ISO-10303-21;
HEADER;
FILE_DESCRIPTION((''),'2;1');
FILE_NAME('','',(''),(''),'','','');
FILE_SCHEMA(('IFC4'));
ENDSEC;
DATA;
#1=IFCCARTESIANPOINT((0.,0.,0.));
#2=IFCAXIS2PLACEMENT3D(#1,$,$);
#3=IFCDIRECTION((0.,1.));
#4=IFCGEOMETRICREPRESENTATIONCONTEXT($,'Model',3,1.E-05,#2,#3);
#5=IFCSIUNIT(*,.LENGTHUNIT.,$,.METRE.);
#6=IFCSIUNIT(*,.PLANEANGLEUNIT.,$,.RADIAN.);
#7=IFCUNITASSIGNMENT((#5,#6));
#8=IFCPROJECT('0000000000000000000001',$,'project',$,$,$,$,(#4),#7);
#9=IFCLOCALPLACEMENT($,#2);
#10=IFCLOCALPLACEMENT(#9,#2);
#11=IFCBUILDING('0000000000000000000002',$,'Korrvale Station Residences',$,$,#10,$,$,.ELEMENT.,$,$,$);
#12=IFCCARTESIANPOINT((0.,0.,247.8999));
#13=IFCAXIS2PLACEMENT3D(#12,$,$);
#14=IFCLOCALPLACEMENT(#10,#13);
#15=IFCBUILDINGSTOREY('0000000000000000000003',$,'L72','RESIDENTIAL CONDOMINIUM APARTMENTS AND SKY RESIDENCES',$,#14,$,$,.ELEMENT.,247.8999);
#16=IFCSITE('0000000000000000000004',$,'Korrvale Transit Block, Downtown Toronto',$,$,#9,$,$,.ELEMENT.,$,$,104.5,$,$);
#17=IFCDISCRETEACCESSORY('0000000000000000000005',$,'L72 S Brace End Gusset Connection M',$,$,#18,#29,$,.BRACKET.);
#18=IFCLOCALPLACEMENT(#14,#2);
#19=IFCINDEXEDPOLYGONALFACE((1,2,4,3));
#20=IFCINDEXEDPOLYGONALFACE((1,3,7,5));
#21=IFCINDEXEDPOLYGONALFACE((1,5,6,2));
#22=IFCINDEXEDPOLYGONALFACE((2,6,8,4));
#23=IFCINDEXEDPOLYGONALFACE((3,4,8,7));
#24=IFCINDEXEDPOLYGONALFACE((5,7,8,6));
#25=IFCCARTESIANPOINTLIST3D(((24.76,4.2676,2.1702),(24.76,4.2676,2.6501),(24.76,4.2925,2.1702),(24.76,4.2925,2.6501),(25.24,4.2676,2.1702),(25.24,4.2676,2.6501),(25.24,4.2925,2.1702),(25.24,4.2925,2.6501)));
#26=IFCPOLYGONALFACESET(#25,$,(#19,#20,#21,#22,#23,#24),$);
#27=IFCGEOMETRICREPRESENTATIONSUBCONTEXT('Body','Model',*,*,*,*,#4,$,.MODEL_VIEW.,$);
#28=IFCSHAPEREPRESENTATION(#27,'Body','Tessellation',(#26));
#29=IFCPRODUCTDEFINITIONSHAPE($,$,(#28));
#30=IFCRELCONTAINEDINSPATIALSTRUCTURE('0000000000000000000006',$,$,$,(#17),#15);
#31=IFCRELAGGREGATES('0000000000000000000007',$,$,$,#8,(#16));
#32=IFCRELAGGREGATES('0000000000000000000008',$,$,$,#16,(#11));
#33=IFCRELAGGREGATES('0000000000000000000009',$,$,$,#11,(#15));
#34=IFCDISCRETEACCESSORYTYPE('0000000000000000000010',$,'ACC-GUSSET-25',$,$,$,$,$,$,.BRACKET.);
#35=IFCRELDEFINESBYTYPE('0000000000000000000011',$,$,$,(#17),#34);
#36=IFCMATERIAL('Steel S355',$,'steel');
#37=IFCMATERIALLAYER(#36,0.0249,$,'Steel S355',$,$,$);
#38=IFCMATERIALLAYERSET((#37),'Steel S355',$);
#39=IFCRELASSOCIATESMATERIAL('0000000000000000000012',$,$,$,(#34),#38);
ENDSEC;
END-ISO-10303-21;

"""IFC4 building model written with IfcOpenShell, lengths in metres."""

from ifc_helpers import new_model, si_unit, direction, frame, origin, origin_2d, place, context, subcontext, project, spatial, rectangle, extrude, material, layer, layer_set, type_object, element, save


model = new_model("IFC4")

# Units and contexts
model_context = context("Model", 3, precision=1e-05, world=origin(), true_north=direction((0.0, 1.0)))
body_context = subcontext(model_context, "Body", "Model", "MODEL_VIEW")
ifc_project = project(units=[si_unit("LENGTHUNIT", "METRE"), si_unit("PLANEANGLEUNIT", "RADIAN")], contexts=[model_context])

# Site, building, storey
site_placement = place(None, origin())
site = spatial("IfcSite", under=ifc_project, at=site_placement, Name="Korrvale Transit Block, Downtown Toronto", CompositionType="ELEMENT", RefElevation=104.5)
building_placement = place(site_placement, origin())
building = spatial("IfcBuilding", under=site, at=building_placement, Name="Korrvale Station Residences", CompositionType="ELEMENT")
storey_placement = place(building_placement, frame((0.0, 0.0, 247.8999)))
storey = spatial("IfcBuildingStorey", under=building, at=storey_placement, Name="L72", Description="RESIDENTIAL CONDOMINIUM APARTMENTS AND SKY RESIDENCES", CompositionType="ELEMENT", Elevation=247.8999)

# Shared definitions
ifc_material_1 = material(Name="Steel S355", Category="steel")

# Discrete accessory
ifc_layer_1 = layer(ifc_material_1, 0.0249, Name="Steel S355")
ifc_layer_set_1 = layer_set([ifc_layer_1], Name="Steel S355")
discrete_accessory_type = type_object("IfcDiscreteAccessoryType", Name="ACC-GUSSET-25", PredefinedType="BRACKET", material=ifc_layer_set_1)
for number, where, z_axis, x_axis, name in (
    (1, (25.0, 4.28, 2.1702), (0.0, 0.0, 1.0), (1.0, 0.0, 0.0), "L72 S Brace End Gusset Connection M"),
):
    element("IfcDiscreteAccessory", number, at=place(storey_placement, frame(where, z_axis=z_axis, x_axis=x_axis)), inside=storey, type_object=discrete_accessory_type, Name=name, PredefinedType="BRACKET", context=body_context, shape_type="SweptSolid", body=[
        extrude(rectangle(XDim=0.48, YDim=0.0249, at=origin_2d()), origin(), (0.0, 0.0, 1.0), 0.48),
    ])

save(model, "model.ifc")
